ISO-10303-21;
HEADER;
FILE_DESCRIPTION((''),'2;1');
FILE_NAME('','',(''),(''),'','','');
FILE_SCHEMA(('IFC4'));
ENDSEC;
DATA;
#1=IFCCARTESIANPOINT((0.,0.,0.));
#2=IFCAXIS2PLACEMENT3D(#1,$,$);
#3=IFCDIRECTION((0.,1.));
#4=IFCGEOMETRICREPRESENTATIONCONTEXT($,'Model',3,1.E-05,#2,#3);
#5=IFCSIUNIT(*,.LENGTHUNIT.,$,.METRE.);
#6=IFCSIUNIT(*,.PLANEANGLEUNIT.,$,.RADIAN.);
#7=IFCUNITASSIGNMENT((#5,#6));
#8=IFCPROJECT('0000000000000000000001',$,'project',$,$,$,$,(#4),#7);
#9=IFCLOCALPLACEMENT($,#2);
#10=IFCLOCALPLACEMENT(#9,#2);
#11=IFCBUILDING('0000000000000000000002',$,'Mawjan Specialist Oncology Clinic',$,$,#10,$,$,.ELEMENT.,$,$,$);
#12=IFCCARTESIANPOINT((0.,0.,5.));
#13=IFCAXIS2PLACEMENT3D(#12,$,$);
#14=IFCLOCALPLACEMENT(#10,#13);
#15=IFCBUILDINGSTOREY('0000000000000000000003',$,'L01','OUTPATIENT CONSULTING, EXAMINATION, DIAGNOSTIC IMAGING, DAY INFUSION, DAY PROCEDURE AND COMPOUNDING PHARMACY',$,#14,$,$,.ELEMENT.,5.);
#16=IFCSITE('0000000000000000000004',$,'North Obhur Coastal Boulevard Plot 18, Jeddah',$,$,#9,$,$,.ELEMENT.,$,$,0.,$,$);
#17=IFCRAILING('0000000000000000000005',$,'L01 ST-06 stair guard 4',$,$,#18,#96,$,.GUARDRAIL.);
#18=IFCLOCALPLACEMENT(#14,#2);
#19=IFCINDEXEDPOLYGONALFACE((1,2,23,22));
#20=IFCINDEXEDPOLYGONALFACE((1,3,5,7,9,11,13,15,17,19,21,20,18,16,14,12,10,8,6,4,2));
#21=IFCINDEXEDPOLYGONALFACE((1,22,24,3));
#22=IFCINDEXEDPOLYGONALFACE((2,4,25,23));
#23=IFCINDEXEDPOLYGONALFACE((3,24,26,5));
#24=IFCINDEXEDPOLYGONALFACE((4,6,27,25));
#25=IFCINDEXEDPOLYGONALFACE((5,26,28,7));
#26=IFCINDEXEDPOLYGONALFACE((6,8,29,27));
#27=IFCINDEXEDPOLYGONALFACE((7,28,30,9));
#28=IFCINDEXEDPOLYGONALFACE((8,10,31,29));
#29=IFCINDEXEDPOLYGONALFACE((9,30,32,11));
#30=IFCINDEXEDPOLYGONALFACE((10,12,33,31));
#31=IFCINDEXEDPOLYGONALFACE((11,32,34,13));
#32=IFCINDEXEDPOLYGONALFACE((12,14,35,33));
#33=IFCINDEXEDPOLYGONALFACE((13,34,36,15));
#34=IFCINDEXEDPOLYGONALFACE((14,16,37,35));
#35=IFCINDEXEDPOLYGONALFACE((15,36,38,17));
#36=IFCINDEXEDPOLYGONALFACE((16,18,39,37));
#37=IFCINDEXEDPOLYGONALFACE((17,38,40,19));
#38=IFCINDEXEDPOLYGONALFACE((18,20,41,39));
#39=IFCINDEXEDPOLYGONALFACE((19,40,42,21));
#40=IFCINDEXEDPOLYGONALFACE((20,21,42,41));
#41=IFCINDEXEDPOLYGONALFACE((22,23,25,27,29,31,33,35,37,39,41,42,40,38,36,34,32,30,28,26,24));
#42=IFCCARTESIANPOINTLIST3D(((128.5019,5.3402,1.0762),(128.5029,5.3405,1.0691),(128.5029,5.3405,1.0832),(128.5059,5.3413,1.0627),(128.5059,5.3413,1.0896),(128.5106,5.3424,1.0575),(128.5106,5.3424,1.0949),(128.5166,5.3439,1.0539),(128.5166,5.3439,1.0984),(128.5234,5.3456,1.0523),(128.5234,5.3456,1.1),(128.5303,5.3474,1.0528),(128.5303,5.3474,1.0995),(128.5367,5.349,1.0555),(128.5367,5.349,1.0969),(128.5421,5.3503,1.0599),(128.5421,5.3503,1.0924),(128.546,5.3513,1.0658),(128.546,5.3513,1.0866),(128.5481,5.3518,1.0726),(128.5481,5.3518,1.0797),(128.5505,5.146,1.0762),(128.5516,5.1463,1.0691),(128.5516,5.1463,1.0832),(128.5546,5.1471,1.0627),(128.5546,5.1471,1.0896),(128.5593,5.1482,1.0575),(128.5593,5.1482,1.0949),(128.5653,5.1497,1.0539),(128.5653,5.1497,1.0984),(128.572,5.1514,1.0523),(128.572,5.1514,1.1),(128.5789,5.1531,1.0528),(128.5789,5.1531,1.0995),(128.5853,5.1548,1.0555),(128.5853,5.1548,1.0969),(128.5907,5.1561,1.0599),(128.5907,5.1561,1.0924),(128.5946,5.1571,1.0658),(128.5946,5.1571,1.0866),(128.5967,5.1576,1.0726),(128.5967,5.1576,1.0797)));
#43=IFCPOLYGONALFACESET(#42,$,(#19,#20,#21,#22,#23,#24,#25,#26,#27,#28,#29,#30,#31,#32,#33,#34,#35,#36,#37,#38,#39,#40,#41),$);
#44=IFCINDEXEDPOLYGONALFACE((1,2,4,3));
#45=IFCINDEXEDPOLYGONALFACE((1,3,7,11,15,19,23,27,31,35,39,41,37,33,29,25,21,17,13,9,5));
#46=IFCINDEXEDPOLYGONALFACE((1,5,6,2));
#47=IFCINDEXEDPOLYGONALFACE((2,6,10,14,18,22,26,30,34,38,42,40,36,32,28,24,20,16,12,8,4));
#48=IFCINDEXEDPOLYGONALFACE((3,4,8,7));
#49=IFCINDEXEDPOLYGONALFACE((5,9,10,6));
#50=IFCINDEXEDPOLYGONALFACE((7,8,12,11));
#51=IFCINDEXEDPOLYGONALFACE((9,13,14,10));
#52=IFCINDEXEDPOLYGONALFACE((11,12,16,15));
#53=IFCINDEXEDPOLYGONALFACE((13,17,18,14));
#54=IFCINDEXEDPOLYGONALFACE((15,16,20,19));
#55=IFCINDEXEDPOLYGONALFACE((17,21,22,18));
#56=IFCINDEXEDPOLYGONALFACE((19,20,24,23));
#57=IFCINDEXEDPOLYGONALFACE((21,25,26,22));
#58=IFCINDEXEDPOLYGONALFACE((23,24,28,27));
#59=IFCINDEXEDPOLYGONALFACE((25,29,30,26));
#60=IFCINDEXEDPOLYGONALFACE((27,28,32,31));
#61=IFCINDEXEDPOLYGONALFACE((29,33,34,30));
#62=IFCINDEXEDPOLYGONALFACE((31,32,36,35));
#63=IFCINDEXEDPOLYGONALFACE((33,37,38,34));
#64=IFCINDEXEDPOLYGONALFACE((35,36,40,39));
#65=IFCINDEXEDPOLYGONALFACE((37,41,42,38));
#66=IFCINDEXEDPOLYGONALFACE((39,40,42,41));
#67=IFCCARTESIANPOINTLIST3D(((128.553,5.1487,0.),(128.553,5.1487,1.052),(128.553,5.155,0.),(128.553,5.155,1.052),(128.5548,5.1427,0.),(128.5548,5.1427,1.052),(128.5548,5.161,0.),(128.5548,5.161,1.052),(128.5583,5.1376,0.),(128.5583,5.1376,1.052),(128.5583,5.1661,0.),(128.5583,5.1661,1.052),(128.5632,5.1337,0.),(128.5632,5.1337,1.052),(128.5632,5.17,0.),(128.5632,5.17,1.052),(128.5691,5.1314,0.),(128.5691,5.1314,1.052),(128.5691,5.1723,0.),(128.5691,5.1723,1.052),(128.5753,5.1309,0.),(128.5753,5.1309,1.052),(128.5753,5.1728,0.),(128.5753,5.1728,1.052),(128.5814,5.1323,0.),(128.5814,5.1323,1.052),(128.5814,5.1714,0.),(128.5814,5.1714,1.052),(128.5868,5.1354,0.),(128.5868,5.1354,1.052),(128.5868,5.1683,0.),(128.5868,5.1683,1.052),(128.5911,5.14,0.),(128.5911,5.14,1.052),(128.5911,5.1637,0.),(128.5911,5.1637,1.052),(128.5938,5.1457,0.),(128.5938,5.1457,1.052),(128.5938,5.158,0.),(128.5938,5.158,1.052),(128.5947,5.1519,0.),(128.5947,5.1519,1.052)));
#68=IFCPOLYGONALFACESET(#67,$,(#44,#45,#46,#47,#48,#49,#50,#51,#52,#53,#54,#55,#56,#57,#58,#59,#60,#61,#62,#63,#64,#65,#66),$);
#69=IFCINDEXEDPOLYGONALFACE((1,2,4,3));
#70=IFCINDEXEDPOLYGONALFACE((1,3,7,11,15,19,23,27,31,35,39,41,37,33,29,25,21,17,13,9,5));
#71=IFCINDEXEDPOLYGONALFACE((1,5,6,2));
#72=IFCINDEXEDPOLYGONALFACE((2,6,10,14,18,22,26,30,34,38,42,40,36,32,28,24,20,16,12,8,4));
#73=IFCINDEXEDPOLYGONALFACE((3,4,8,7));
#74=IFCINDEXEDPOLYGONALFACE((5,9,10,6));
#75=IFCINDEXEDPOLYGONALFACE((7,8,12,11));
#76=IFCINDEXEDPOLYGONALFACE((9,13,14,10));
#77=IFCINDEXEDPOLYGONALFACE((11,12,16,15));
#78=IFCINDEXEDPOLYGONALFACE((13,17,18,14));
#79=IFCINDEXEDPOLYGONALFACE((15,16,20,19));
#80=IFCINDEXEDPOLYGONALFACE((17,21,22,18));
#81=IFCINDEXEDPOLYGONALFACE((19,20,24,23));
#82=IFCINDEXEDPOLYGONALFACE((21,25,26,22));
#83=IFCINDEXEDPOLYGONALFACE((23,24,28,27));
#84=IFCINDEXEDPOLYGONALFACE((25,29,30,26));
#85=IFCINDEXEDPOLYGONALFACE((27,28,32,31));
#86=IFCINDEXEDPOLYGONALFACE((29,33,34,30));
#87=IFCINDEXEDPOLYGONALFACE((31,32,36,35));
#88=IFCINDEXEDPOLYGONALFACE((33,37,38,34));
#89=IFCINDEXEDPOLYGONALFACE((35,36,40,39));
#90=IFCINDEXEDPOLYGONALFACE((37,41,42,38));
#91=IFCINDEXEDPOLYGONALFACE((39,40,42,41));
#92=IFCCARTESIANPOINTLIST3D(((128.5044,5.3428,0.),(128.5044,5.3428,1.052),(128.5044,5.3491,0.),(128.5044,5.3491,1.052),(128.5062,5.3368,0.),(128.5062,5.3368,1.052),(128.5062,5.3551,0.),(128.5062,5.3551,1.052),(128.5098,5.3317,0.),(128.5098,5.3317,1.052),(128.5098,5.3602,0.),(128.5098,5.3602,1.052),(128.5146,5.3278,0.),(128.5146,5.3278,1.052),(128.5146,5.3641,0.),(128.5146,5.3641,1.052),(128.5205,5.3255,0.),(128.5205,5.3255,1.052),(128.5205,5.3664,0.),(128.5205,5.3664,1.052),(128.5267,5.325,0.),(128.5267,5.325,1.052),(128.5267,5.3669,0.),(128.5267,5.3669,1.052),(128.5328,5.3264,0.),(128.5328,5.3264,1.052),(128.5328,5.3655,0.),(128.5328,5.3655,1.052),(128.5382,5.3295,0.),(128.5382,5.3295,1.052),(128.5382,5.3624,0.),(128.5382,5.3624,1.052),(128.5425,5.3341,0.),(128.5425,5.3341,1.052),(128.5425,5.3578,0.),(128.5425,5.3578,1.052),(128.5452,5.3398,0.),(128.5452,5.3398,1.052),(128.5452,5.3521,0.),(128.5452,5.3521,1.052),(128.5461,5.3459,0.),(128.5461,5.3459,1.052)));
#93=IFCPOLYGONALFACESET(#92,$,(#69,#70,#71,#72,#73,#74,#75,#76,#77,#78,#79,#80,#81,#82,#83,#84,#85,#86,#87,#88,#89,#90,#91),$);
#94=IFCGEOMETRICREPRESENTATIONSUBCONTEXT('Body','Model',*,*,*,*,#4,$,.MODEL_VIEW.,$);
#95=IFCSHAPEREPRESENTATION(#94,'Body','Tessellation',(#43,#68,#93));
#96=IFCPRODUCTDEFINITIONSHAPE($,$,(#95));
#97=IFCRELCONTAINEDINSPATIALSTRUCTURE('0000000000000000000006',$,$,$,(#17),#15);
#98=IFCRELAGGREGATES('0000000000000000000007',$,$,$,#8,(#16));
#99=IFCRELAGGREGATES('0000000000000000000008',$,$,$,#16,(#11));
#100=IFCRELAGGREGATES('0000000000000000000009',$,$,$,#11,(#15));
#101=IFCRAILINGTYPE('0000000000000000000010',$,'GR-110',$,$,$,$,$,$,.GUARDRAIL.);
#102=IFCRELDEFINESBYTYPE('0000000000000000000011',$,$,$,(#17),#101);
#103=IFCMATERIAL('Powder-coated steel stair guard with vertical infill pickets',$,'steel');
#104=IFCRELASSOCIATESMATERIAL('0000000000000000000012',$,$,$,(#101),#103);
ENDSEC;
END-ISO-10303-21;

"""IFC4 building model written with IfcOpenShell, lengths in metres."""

from ifc_helpers import new_model, si_unit, direction, frame, origin, origin_2d, place, context, subcontext, project, spatial, circle, extrude, material, type_object, element, save


model = new_model("IFC4")

# Units and contexts
model_context = context("Model", 3, precision=1e-05, world=origin(), true_north=direction((0.0, 1.0)))
body_context = subcontext(model_context, "Body", "Model", "MODEL_VIEW")
ifc_project = project(units=[si_unit("LENGTHUNIT", "METRE"), si_unit("PLANEANGLEUNIT", "RADIAN")], contexts=[model_context])

# Site, building, storey
site_placement = place(None, origin())
site = spatial("IfcSite", under=ifc_project, at=site_placement, Name="North Obhur Coastal Boulevard Plot 18, Jeddah", CompositionType="ELEMENT", RefElevation=0.0)
building_placement = place(site_placement, origin())
building = spatial("IfcBuilding", under=site, at=building_placement, Name="Mawjan Specialist Oncology Clinic", CompositionType="ELEMENT")
storey_placement = place(building_placement, frame((0.0, 0.0, 5.0)))
storey = spatial("IfcBuildingStorey", under=building, at=storey_placement, Name="L01", Description="OUTPATIENT CONSULTING, EXAMINATION, DIAGNOSTIC IMAGING, DAY INFUSION, DAY PROCEDURE AND COMPOUNDING PHARMACY", CompositionType="ELEMENT", Elevation=5.0)

# Railing
ifc_material_1 = material(Name="Powder-coated steel stair guard with vertical infill pickets", Category="steel")
railing_type = type_object("IfcRailingType", Name="GR-110", PredefinedType="GUARDRAIL", material=ifc_material_1)
railing_1_placement = place(storey_placement, frame((128.5737, 5.1519, 0.0)))
element("IfcRailing", 1, at=railing_1_placement, inside=storey, type_object=railing_type, Name="L01 ST-06 stair guard 4", PredefinedType="GUARDRAIL", context=body_context, shape_type="SweptSolid", body=[
    extrude(circle(Radius=0.0239, at=origin_2d()), frame((0.0, 0.0, 1.0762), z_axis=(-0.242823, 0.970071, 0.0), x_axis=(-0.970071, -0.242823, 0.0)), (0.0, 0.0, 1.0), 0.2002),
    extrude(circle(Radius=0.021, at=origin_2d()), origin(), (0.0, 0.0, 1.0), 1.052),
    extrude(circle(Radius=0.021, at=origin_2d()), frame((-0.0486, 0.1941, 0.0)), (0.0, 0.0, 1.0), 1.052),
])

save(model, "model.ifc")
